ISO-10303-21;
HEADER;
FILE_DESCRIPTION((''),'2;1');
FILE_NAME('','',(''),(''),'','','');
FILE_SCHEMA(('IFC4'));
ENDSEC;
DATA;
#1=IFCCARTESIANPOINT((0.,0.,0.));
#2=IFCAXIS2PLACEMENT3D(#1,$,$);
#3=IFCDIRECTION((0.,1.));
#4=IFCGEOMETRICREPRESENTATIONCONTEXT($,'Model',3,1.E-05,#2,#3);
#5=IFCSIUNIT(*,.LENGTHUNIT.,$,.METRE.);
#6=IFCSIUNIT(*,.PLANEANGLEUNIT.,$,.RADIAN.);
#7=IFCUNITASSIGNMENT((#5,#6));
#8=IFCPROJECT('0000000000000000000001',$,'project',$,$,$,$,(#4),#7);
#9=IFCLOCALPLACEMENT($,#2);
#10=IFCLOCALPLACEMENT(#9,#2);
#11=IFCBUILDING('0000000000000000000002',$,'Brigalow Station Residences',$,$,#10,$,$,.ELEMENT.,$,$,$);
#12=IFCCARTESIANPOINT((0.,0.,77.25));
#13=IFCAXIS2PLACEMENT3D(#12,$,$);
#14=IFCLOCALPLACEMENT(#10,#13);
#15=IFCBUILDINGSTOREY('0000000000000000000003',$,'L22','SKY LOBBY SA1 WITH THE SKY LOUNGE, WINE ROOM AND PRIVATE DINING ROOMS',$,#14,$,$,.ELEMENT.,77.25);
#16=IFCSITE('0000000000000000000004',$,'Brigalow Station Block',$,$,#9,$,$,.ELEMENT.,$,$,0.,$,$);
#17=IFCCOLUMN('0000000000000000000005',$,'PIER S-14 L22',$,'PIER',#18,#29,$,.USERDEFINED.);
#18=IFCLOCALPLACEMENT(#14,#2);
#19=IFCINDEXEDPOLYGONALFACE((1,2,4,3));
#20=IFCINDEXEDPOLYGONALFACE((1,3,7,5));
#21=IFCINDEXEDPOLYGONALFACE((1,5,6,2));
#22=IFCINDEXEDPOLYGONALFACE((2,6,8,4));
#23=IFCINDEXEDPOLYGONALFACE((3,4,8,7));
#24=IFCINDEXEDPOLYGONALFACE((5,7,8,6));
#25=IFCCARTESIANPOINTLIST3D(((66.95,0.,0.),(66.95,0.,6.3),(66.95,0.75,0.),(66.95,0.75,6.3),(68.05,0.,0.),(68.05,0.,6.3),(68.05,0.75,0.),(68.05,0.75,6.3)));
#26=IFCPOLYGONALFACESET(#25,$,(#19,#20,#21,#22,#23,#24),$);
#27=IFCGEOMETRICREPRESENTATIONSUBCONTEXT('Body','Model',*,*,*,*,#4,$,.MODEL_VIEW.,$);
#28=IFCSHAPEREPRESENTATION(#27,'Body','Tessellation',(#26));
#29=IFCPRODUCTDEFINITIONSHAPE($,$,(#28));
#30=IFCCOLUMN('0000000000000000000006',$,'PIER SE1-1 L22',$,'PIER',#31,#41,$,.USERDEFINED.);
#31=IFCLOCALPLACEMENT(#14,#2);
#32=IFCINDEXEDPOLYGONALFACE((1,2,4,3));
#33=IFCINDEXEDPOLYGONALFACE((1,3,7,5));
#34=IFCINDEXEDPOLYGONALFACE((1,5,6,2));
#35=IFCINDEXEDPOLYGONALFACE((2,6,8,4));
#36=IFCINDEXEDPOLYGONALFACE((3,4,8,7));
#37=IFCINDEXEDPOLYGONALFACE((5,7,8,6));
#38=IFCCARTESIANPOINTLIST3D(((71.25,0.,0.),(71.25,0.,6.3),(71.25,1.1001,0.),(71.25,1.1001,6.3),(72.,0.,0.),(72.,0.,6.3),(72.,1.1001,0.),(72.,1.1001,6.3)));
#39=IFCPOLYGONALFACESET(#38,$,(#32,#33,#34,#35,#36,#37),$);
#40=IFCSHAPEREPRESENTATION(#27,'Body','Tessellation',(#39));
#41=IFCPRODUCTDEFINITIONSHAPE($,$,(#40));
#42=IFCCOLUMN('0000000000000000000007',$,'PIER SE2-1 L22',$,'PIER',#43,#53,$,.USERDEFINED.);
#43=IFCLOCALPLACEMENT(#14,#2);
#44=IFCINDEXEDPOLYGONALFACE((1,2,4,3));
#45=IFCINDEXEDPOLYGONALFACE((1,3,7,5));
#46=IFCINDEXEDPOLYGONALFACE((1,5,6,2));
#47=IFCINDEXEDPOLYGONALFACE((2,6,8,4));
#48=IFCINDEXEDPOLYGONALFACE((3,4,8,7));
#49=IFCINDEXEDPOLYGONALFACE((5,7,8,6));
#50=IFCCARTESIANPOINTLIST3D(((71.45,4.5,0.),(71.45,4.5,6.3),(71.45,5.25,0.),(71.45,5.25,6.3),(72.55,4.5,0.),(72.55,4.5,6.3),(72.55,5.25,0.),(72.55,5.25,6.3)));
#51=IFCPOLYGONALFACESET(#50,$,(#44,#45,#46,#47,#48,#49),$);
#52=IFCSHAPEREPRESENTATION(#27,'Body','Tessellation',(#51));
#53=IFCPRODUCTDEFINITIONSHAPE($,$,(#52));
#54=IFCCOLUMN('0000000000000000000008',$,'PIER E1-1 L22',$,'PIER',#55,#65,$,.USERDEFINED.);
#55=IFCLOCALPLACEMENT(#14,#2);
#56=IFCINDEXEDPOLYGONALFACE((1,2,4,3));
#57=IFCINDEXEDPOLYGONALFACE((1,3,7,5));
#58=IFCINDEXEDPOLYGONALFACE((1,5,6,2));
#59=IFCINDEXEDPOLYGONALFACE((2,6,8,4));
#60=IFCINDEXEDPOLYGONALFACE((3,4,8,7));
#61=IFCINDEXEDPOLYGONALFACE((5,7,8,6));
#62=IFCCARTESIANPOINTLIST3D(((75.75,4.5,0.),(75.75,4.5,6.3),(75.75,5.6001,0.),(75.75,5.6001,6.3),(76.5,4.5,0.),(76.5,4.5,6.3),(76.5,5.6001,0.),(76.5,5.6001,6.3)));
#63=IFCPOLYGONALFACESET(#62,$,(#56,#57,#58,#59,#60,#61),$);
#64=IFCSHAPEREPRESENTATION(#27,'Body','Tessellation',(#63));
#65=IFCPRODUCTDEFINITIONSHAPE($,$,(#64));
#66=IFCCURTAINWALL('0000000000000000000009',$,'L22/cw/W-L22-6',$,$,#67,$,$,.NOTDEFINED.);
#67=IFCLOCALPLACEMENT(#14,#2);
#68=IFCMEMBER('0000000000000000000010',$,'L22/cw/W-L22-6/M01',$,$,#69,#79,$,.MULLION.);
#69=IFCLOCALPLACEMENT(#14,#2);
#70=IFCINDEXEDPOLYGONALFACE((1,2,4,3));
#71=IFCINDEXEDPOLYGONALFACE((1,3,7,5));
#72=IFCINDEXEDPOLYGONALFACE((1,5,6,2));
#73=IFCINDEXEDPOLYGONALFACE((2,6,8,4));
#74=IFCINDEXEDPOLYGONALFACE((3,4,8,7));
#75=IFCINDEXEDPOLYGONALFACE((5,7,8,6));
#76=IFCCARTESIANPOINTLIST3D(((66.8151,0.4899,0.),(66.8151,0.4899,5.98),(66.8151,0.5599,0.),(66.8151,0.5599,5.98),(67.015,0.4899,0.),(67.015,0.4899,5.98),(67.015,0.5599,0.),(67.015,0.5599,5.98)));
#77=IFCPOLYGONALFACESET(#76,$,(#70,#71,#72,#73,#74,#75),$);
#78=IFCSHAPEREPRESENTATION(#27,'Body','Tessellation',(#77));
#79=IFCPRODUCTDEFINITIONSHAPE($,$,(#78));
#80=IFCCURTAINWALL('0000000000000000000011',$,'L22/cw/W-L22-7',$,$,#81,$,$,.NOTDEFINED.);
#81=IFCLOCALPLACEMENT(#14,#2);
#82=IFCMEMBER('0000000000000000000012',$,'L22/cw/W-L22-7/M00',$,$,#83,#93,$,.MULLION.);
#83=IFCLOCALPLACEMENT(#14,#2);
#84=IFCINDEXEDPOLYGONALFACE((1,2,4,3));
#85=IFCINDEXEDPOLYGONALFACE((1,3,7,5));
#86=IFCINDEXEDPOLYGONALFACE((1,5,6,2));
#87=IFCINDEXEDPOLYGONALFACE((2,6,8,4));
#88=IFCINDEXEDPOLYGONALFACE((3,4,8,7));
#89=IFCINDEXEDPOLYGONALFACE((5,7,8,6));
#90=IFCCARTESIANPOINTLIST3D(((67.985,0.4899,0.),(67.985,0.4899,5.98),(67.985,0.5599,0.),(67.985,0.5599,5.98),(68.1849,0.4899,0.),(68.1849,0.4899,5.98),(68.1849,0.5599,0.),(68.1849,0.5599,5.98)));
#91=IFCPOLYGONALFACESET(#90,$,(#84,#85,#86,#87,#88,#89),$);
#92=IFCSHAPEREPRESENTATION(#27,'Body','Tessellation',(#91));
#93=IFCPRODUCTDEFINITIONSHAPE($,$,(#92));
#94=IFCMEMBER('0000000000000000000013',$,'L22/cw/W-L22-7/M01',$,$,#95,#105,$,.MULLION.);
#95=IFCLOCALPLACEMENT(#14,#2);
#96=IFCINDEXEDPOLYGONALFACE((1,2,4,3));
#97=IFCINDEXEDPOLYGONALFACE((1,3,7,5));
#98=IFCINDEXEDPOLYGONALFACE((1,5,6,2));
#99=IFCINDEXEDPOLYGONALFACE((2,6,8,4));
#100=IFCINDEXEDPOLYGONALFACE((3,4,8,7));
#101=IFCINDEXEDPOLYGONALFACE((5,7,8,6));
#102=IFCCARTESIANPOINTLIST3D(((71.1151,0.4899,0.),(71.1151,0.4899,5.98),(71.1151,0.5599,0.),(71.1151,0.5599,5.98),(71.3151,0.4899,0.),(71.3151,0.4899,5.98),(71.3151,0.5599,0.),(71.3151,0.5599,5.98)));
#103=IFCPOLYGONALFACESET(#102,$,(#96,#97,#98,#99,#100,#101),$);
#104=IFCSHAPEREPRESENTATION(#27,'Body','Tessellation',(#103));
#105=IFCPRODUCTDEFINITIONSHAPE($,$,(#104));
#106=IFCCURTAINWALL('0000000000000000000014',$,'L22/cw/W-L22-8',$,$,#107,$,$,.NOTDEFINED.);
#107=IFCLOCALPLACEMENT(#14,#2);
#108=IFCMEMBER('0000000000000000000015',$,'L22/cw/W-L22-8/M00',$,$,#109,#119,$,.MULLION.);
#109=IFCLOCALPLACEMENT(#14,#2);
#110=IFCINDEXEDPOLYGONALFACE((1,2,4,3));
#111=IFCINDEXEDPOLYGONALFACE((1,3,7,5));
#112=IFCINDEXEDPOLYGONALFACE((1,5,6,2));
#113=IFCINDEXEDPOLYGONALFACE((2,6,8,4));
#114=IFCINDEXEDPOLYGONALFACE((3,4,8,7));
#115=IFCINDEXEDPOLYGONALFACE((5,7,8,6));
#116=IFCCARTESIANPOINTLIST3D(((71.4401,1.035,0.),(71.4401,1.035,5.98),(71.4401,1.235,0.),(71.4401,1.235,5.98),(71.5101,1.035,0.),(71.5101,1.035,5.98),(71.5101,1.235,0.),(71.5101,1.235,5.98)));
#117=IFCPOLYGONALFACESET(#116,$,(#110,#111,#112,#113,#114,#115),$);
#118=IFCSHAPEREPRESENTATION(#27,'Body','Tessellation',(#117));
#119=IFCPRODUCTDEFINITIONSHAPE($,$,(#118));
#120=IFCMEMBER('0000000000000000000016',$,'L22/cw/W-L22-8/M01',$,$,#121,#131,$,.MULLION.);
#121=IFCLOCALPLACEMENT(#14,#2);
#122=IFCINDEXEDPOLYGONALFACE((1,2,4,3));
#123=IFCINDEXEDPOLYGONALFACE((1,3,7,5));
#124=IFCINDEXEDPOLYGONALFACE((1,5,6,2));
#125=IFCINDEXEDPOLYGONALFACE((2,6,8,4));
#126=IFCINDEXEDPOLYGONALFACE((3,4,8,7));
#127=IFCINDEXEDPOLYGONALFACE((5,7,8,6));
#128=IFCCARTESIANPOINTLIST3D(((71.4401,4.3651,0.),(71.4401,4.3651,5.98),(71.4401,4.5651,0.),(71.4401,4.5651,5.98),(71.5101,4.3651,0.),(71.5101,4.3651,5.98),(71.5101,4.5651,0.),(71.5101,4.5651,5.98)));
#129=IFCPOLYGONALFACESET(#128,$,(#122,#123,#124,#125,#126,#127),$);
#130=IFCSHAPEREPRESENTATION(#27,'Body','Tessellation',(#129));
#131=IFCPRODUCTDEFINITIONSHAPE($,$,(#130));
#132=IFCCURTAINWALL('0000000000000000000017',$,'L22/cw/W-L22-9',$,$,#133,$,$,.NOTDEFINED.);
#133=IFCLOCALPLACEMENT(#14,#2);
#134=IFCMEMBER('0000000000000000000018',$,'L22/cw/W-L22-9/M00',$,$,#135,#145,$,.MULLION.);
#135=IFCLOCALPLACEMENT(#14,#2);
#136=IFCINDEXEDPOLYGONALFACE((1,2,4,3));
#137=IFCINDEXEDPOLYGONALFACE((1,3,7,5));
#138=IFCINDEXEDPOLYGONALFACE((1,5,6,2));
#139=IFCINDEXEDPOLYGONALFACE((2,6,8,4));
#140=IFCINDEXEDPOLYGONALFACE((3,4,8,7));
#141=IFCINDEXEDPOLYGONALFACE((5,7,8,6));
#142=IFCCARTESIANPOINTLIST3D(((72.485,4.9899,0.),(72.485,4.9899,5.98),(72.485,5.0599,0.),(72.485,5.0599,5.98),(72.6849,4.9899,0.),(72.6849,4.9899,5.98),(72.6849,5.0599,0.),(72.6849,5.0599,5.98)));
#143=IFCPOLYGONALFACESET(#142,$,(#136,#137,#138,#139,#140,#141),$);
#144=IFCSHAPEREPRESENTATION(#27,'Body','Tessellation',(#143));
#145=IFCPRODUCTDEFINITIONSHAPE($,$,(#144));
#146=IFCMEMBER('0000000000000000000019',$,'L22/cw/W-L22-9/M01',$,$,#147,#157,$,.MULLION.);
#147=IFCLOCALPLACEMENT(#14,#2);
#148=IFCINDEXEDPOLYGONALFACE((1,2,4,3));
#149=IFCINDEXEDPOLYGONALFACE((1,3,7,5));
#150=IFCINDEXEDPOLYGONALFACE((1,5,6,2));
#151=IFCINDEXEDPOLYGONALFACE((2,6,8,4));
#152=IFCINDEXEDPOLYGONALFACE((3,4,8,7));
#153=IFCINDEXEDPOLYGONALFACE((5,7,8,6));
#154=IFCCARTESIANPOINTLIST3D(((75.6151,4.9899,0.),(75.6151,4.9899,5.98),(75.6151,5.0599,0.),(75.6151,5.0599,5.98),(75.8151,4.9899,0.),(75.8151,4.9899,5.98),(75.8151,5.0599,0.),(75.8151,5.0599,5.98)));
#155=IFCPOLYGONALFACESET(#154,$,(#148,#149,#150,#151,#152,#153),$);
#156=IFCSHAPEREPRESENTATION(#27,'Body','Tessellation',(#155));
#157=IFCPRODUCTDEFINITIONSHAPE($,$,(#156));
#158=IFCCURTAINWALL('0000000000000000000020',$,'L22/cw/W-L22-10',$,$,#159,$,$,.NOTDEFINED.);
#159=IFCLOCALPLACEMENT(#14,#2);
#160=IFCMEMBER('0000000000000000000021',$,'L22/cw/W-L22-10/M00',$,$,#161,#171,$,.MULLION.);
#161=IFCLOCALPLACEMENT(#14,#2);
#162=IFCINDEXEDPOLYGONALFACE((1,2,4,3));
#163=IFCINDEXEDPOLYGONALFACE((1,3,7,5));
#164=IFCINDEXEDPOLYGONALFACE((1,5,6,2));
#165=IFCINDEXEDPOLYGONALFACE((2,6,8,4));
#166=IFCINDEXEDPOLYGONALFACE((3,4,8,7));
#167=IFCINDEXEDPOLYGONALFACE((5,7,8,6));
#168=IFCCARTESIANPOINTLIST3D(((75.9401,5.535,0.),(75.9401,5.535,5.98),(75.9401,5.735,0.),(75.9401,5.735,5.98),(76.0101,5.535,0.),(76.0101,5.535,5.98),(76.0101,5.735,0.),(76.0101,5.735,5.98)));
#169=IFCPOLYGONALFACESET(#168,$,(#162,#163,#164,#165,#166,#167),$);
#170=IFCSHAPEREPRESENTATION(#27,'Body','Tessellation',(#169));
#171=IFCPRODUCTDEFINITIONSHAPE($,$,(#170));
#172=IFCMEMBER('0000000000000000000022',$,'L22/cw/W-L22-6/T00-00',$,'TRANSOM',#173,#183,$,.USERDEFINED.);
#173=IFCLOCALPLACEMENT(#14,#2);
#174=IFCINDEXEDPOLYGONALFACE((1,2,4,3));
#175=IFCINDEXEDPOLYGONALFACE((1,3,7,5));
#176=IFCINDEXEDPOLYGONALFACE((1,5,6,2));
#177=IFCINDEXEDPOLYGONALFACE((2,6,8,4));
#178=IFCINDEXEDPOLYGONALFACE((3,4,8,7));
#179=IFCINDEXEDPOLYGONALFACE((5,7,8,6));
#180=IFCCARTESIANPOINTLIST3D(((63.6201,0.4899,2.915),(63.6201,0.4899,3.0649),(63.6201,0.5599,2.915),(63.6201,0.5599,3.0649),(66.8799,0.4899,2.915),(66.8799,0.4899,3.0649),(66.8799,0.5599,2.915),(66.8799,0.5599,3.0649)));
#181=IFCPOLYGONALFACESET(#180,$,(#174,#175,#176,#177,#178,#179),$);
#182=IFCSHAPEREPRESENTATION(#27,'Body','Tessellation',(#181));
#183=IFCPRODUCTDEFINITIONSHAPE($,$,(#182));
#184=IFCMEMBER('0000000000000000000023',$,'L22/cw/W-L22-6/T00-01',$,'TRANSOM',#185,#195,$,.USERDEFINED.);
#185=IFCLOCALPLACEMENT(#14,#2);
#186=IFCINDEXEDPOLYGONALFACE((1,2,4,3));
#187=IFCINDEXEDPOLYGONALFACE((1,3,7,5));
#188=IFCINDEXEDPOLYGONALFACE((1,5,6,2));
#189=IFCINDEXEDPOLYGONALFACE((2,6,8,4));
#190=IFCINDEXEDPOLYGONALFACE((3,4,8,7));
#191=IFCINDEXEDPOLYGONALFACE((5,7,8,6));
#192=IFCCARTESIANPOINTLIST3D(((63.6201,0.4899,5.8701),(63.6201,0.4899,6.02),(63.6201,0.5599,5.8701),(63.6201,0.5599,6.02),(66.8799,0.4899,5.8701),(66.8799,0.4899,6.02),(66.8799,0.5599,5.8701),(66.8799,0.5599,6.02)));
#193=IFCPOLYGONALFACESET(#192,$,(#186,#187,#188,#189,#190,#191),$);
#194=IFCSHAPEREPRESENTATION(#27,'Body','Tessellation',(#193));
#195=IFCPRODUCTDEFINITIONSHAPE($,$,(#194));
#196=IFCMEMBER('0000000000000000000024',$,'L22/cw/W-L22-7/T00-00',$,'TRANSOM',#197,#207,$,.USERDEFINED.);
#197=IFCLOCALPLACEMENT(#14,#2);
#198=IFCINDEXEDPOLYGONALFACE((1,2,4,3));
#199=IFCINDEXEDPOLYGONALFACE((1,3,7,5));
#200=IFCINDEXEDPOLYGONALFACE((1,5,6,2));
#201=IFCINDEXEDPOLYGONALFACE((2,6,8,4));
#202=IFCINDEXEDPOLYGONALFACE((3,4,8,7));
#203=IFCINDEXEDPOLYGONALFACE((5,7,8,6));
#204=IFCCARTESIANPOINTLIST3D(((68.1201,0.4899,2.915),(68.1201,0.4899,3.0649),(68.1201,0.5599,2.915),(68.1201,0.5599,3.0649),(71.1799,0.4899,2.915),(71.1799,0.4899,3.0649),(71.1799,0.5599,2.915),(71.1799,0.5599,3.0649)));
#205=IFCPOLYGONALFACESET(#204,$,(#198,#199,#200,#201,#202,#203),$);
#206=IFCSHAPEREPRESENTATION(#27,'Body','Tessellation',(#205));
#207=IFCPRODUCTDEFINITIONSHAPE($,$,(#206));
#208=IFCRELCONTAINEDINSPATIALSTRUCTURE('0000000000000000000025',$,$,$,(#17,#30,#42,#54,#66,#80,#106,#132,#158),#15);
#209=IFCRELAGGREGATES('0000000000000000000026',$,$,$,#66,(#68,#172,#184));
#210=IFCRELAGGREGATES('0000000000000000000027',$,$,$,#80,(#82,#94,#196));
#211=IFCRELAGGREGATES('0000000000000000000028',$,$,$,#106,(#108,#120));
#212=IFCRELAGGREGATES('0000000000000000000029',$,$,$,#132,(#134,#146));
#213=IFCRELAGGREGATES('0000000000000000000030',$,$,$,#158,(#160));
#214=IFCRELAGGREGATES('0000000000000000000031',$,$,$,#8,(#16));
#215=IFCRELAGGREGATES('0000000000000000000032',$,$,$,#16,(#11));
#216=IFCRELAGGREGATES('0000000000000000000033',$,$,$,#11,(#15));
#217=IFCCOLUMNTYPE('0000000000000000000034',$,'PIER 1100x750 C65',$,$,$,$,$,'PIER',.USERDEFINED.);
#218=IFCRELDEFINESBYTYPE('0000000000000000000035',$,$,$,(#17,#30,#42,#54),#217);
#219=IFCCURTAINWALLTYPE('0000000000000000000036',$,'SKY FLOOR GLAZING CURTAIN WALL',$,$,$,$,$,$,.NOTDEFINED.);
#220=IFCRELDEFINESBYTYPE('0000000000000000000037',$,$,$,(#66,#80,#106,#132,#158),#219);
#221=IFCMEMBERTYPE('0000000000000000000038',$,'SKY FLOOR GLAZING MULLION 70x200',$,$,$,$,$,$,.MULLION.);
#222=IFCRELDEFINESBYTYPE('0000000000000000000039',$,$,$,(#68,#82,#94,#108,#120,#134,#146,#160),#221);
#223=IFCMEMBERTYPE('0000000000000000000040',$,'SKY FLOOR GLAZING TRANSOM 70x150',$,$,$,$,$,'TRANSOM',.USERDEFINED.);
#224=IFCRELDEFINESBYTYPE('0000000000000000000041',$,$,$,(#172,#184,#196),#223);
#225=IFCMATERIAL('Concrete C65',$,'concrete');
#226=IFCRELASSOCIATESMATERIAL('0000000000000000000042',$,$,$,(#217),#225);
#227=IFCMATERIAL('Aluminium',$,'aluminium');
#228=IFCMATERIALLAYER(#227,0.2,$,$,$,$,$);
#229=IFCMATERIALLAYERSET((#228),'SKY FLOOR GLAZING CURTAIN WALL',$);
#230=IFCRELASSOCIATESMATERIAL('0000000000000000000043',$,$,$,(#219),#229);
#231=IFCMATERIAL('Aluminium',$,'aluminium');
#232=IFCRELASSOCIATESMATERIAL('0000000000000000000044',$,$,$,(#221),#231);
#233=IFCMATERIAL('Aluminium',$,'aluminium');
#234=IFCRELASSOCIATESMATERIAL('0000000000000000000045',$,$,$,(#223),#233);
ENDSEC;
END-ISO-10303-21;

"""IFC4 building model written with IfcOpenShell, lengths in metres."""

from ifc_helpers import new_model, si_unit, direction, frame, origin, origin_2d, place, context, subcontext, project, spatial, rectangle, extrude, material, layer, layer_set, material_profile, profile_set, type_object, element, aggregate, save


model = new_model("IFC4")

# Units and contexts
model_context = context("Model", 3, precision=1e-05, world=origin(), true_north=direction((0.0, 1.0)))
body_context = subcontext(model_context, "Body", "Model", "MODEL_VIEW")
ifc_project = project(units=[si_unit("LENGTHUNIT", "METRE"), si_unit("PLANEANGLEUNIT", "RADIAN")], contexts=[model_context])

# Site, building, storey
site_placement = place(None, origin())
site = spatial("IfcSite", under=ifc_project, at=site_placement, Name="Brigalow Station Block", CompositionType="ELEMENT", RefElevation=0.0)
building_placement = place(site_placement, origin())
building = spatial("IfcBuilding", under=site, at=building_placement, Name="Brigalow Station Residences", CompositionType="ELEMENT")
storey_placement = place(building_placement, frame((0.0, 0.0, 77.25)))
storey = spatial("IfcBuildingStorey", under=building, at=storey_placement, Name="L22", Description="SKY LOBBY SA1 WITH THE SKY LOUNGE, WINE ROOM AND PRIVATE DINING ROOMS", CompositionType="ELEMENT", Elevation=77.25)

# Columns
ifc_material_1 = material(Name="Concrete C65", Category="concrete")
ifc_material_profile_1 = material_profile(ifc_material_1, rectangle(XDim=1.1001, YDim=0.75, at=origin_2d()), Name="RC1100x750")
ifc_profile_set_1 = profile_set([ifc_material_profile_1], Name="Concrete C65")
column_type = type_object("IfcColumnType", Name="PIER 1100x750 C65", ElementType="PIER", PredefinedType="USERDEFINED", material=ifc_profile_set_1)
for number, where, z_axis, x_axis, name in (
    (1, (67.5, 0.375, 0.0), (0.0, 0.0, 1.0), (1.0, 0.0, 0.0), "PIER S-14 L22"),
    (2, (71.625, 0.55, 0.0), (0.0, 0.0, 1.0), (0.0, 1.0, 0.0), "PIER SE1-1 L22"),
    (3, (72.0, 4.875, 0.0), (0.0, 0.0, 1.0), (1.0, 0.0, 0.0), "PIER SE2-1 L22"),
    (4, (76.125, 5.05, 0.0), (0.0, 0.0, 1.0), (0.0, 1.0, 0.0), "PIER E1-1 L22"),
):
    element("IfcColumn", number, at=place(storey_placement, frame(where, z_axis=z_axis, x_axis=x_axis)), inside=storey, type_object=column_type, Name=name, ObjectType="PIER", PredefinedType="USERDEFINED", context=body_context, shape_type="SweptSolid", body=[
        extrude(rectangle(XDim=1.1001, YDim=0.75, at=origin_2d()), origin(), (0.0, 0.0, 1.0), 6.3),
    ])

# Curtain wall, member
ifc_material_2 = material(Name="Aluminium", Category="aluminium")
ifc_layer_1 = layer(ifc_material_2, 0.2)
ifc_layer_set_1 = layer_set([ifc_layer_1], Name="SKY FLOOR GLAZING CURTAIN WALL")
curtain_wall_type = type_object("IfcCurtainWallType", Name="SKY FLOOR GLAZING CURTAIN WALL", PredefinedType="NOTDEFINED", material=ifc_layer_set_1)
curtain_wall_1_placement = place(storey_placement, origin())
curtain_wall_1 = element("IfcCurtainWall", 5, at=curtain_wall_1_placement, inside=storey, type_object=curtain_wall_type, Name="L22/cw/W-L22-6", PredefinedType="NOTDEFINED")
ifc_material_3 = material(Name="Aluminium", Category="aluminium")
ifc_material_profile_2 = material_profile(ifc_material_3, rectangle(XDim=0.0701, YDim=0.2, at=origin_2d()), Name="SKY FLOOR GLAZING MULLION 70x200")
ifc_profile_set_2 = profile_set([ifc_material_profile_2], Name="Aluminium")
member_type_1 = type_object("IfcMemberType", Name="SKY FLOOR GLAZING MULLION 70x200", PredefinedType="MULLION", material=ifc_profile_set_2)
member_1_placement = place(storey_placement, frame((66.915, 0.5249, 0.0), z_axis=(0.0, 0.0, 1.0), x_axis=(0.0, 1.0, 0.0)))
member_1 = element("IfcMember", 6, at=member_1_placement, type_object=member_type_1, Name="L22/cw/W-L22-6/M01", PredefinedType="MULLION", context=body_context, shape_type="SweptSolid", body=[
    extrude(rectangle(XDim=0.0701, YDim=0.2, at=origin_2d()), origin(), (0.0, 0.0, 1.0), 5.98),
])

# Curtain walls, members
curtain_wall_2_placement = place(storey_placement, origin())
curtain_wall_2 = element("IfcCurtainWall", 7, at=curtain_wall_2_placement, inside=storey, type_object=curtain_wall_type, Name="L22/cw/W-L22-7", PredefinedType="NOTDEFINED")
member_2_placement = place(storey_placement, frame((68.085, 0.5249, 0.0), z_axis=(0.0, 0.0, 1.0), x_axis=(0.0, 1.0, 0.0)))
member_2 = element("IfcMember", 8, at=member_2_placement, type_object=member_type_1, Name="L22/cw/W-L22-7/M00", PredefinedType="MULLION", context=body_context, shape_type="SweptSolid", body=[
    extrude(rectangle(XDim=0.0701, YDim=0.2, at=origin_2d()), origin(), (0.0, 0.0, 1.0), 5.98),
])
member_3_placement = place(storey_placement, frame((71.2151, 0.5249, 0.0), z_axis=(0.0, 0.0, 1.0), x_axis=(0.0, 1.0, 0.0)))
member_3 = element("IfcMember", 9, at=member_3_placement, type_object=member_type_1, Name="L22/cw/W-L22-7/M01", PredefinedType="MULLION", context=body_context, shape_type="SweptSolid", body=[
    extrude(rectangle(XDim=0.0701, YDim=0.2, at=origin_2d()), origin(), (0.0, 0.0, 1.0), 5.98),
])
curtain_wall_3_placement = place(storey_placement, origin())
curtain_wall_3 = element("IfcCurtainWall", 10, at=curtain_wall_3_placement, inside=storey, type_object=curtain_wall_type, Name="L22/cw/W-L22-8", PredefinedType="NOTDEFINED")
member_4_placement = place(storey_placement, frame((71.4751, 1.135, 0.0), z_axis=(0.0, 0.0, 1.0), x_axis=(-1.0, 0.0, 0.0)))
member_4 = element("IfcMember", 11, at=member_4_placement, type_object=member_type_1, Name="L22/cw/W-L22-8/M00", PredefinedType="MULLION", context=body_context, shape_type="SweptSolid", body=[
    extrude(rectangle(XDim=0.0701, YDim=0.2, at=origin_2d()), origin(), (0.0, 0.0, 1.0), 5.98),
])
member_5_placement = place(storey_placement, frame((71.4751, 4.4651, 0.0), z_axis=(0.0, 0.0, 1.0), x_axis=(-1.0, 0.0, 0.0)))
member_5 = element("IfcMember", 12, at=member_5_placement, type_object=member_type_1, Name="L22/cw/W-L22-8/M01", PredefinedType="MULLION", context=body_context, shape_type="SweptSolid", body=[
    extrude(rectangle(XDim=0.0701, YDim=0.2, at=origin_2d()), origin(), (0.0, 0.0, 1.0), 5.98),
])
curtain_wall_4_placement = place(storey_placement, origin())
curtain_wall_4 = element("IfcCurtainWall", 13, at=curtain_wall_4_placement, inside=storey, type_object=curtain_wall_type, Name="L22/cw/W-L22-9", PredefinedType="NOTDEFINED")
member_6_placement = place(storey_placement, frame((72.585, 5.0249, 0.0), z_axis=(0.0, 0.0, 1.0), x_axis=(0.0, 1.0, 0.0)))
member_6 = element("IfcMember", 14, at=member_6_placement, type_object=member_type_1, Name="L22/cw/W-L22-9/M00", PredefinedType="MULLION", context=body_context, shape_type="SweptSolid", body=[
    extrude(rectangle(XDim=0.0701, YDim=0.2, at=origin_2d()), origin(), (0.0, 0.0, 1.0), 5.98),
])
member_7_placement = place(storey_placement, frame((75.7151, 5.0249, 0.0), z_axis=(0.0, 0.0, 1.0), x_axis=(0.0, 1.0, 0.0)))
member_7 = element("IfcMember", 15, at=member_7_placement, type_object=member_type_1, Name="L22/cw/W-L22-9/M01", PredefinedType="MULLION", context=body_context, shape_type="SweptSolid", body=[
    extrude(rectangle(XDim=0.0701, YDim=0.2, at=origin_2d()), origin(), (0.0, 0.0, 1.0), 5.98),
])

# Curtain wall, member
curtain_wall_5_placement = place(storey_placement, origin())
curtain_wall_5 = element("IfcCurtainWall", 16, at=curtain_wall_5_placement, inside=storey, type_object=curtain_wall_type, Name="L22/cw/W-L22-10", PredefinedType="NOTDEFINED")
member_8_placement = place(storey_placement, frame((75.9751, 5.635, 0.0), z_axis=(0.0, 0.0, 1.0), x_axis=(-1.0, 0.0, 0.0)))
member_8 = element("IfcMember", 17, at=member_8_placement, type_object=member_type_1, Name="L22/cw/W-L22-10/M00", PredefinedType="MULLION", context=body_context, shape_type="SweptSolid", body=[
    extrude(rectangle(XDim=0.0701, YDim=0.2, at=origin_2d()), origin(), (0.0, 0.0, 1.0), 5.98),
])

# Members
ifc_material_4 = material(Name="Aluminium", Category="aluminium")
ifc_material_profile_3 = material_profile(ifc_material_4, rectangle(XDim=0.0701, YDim=0.1499, at=origin_2d()), Name="SKY FLOOR GLAZING TRANSOM 70x150")
ifc_profile_set_3 = profile_set([ifc_material_profile_3], Name="Aluminium")
member_type_2 = type_object("IfcMemberType", Name="SKY FLOOR GLAZING TRANSOM 70x150", ElementType="TRANSOM", PredefinedType="USERDEFINED", material=ifc_profile_set_3)
member_9_placement = place(storey_placement, frame((63.6201, 0.5249, 2.99), z_axis=(1.0, 0.0, 0.0), x_axis=(0.0, 1.0, 0.0)))
member_9 = element("IfcMember", 18, at=member_9_placement, type_object=member_type_2, Name="L22/cw/W-L22-6/T00-00", ObjectType="TRANSOM", PredefinedType="USERDEFINED", context=body_context, shape_type="SweptSolid", body=[
    extrude(rectangle(XDim=0.0701, YDim=0.1499, at=origin_2d()), origin(), (0.0, 0.0, 1.0), 3.2598),
])
member_10_placement = place(storey_placement, frame((63.6201, 0.5249, 5.9451), z_axis=(1.0, 0.0, 0.0), x_axis=(0.0, 1.0, 0.0)))
member_10 = element("IfcMember", 19, at=member_10_placement, type_object=member_type_2, Name="L22/cw/W-L22-6/T00-01", ObjectType="TRANSOM", PredefinedType="USERDEFINED", context=body_context, shape_type="SweptSolid", body=[
    extrude(rectangle(XDim=0.0701, YDim=0.1499, at=origin_2d()), origin(), (0.0, 0.0, 1.0), 3.2598),
])
member_11_placement = place(storey_placement, frame((68.1201, 0.5249, 2.99), z_axis=(1.0, 0.0, 0.0), x_axis=(0.0, 1.0, 0.0)))
member_11 = element("IfcMember", 20, at=member_11_placement, type_object=member_type_2, Name="L22/cw/W-L22-7/T00-00", ObjectType="TRANSOM", PredefinedType="USERDEFINED", context=body_context, shape_type="SweptSolid", body=[
    extrude(rectangle(XDim=0.0701, YDim=0.1499, at=origin_2d()), origin(), (0.0, 0.0, 1.0), 3.0598),
])

aggregate(curtain_wall_1, [member_1, member_9, member_10])
aggregate(curtain_wall_2, [member_2, member_3, member_11])
aggregate(curtain_wall_3, [member_4, member_5])
aggregate(curtain_wall_4, [member_6, member_7])
aggregate(curtain_wall_5, [member_8])

save(model, "model.ifc")
